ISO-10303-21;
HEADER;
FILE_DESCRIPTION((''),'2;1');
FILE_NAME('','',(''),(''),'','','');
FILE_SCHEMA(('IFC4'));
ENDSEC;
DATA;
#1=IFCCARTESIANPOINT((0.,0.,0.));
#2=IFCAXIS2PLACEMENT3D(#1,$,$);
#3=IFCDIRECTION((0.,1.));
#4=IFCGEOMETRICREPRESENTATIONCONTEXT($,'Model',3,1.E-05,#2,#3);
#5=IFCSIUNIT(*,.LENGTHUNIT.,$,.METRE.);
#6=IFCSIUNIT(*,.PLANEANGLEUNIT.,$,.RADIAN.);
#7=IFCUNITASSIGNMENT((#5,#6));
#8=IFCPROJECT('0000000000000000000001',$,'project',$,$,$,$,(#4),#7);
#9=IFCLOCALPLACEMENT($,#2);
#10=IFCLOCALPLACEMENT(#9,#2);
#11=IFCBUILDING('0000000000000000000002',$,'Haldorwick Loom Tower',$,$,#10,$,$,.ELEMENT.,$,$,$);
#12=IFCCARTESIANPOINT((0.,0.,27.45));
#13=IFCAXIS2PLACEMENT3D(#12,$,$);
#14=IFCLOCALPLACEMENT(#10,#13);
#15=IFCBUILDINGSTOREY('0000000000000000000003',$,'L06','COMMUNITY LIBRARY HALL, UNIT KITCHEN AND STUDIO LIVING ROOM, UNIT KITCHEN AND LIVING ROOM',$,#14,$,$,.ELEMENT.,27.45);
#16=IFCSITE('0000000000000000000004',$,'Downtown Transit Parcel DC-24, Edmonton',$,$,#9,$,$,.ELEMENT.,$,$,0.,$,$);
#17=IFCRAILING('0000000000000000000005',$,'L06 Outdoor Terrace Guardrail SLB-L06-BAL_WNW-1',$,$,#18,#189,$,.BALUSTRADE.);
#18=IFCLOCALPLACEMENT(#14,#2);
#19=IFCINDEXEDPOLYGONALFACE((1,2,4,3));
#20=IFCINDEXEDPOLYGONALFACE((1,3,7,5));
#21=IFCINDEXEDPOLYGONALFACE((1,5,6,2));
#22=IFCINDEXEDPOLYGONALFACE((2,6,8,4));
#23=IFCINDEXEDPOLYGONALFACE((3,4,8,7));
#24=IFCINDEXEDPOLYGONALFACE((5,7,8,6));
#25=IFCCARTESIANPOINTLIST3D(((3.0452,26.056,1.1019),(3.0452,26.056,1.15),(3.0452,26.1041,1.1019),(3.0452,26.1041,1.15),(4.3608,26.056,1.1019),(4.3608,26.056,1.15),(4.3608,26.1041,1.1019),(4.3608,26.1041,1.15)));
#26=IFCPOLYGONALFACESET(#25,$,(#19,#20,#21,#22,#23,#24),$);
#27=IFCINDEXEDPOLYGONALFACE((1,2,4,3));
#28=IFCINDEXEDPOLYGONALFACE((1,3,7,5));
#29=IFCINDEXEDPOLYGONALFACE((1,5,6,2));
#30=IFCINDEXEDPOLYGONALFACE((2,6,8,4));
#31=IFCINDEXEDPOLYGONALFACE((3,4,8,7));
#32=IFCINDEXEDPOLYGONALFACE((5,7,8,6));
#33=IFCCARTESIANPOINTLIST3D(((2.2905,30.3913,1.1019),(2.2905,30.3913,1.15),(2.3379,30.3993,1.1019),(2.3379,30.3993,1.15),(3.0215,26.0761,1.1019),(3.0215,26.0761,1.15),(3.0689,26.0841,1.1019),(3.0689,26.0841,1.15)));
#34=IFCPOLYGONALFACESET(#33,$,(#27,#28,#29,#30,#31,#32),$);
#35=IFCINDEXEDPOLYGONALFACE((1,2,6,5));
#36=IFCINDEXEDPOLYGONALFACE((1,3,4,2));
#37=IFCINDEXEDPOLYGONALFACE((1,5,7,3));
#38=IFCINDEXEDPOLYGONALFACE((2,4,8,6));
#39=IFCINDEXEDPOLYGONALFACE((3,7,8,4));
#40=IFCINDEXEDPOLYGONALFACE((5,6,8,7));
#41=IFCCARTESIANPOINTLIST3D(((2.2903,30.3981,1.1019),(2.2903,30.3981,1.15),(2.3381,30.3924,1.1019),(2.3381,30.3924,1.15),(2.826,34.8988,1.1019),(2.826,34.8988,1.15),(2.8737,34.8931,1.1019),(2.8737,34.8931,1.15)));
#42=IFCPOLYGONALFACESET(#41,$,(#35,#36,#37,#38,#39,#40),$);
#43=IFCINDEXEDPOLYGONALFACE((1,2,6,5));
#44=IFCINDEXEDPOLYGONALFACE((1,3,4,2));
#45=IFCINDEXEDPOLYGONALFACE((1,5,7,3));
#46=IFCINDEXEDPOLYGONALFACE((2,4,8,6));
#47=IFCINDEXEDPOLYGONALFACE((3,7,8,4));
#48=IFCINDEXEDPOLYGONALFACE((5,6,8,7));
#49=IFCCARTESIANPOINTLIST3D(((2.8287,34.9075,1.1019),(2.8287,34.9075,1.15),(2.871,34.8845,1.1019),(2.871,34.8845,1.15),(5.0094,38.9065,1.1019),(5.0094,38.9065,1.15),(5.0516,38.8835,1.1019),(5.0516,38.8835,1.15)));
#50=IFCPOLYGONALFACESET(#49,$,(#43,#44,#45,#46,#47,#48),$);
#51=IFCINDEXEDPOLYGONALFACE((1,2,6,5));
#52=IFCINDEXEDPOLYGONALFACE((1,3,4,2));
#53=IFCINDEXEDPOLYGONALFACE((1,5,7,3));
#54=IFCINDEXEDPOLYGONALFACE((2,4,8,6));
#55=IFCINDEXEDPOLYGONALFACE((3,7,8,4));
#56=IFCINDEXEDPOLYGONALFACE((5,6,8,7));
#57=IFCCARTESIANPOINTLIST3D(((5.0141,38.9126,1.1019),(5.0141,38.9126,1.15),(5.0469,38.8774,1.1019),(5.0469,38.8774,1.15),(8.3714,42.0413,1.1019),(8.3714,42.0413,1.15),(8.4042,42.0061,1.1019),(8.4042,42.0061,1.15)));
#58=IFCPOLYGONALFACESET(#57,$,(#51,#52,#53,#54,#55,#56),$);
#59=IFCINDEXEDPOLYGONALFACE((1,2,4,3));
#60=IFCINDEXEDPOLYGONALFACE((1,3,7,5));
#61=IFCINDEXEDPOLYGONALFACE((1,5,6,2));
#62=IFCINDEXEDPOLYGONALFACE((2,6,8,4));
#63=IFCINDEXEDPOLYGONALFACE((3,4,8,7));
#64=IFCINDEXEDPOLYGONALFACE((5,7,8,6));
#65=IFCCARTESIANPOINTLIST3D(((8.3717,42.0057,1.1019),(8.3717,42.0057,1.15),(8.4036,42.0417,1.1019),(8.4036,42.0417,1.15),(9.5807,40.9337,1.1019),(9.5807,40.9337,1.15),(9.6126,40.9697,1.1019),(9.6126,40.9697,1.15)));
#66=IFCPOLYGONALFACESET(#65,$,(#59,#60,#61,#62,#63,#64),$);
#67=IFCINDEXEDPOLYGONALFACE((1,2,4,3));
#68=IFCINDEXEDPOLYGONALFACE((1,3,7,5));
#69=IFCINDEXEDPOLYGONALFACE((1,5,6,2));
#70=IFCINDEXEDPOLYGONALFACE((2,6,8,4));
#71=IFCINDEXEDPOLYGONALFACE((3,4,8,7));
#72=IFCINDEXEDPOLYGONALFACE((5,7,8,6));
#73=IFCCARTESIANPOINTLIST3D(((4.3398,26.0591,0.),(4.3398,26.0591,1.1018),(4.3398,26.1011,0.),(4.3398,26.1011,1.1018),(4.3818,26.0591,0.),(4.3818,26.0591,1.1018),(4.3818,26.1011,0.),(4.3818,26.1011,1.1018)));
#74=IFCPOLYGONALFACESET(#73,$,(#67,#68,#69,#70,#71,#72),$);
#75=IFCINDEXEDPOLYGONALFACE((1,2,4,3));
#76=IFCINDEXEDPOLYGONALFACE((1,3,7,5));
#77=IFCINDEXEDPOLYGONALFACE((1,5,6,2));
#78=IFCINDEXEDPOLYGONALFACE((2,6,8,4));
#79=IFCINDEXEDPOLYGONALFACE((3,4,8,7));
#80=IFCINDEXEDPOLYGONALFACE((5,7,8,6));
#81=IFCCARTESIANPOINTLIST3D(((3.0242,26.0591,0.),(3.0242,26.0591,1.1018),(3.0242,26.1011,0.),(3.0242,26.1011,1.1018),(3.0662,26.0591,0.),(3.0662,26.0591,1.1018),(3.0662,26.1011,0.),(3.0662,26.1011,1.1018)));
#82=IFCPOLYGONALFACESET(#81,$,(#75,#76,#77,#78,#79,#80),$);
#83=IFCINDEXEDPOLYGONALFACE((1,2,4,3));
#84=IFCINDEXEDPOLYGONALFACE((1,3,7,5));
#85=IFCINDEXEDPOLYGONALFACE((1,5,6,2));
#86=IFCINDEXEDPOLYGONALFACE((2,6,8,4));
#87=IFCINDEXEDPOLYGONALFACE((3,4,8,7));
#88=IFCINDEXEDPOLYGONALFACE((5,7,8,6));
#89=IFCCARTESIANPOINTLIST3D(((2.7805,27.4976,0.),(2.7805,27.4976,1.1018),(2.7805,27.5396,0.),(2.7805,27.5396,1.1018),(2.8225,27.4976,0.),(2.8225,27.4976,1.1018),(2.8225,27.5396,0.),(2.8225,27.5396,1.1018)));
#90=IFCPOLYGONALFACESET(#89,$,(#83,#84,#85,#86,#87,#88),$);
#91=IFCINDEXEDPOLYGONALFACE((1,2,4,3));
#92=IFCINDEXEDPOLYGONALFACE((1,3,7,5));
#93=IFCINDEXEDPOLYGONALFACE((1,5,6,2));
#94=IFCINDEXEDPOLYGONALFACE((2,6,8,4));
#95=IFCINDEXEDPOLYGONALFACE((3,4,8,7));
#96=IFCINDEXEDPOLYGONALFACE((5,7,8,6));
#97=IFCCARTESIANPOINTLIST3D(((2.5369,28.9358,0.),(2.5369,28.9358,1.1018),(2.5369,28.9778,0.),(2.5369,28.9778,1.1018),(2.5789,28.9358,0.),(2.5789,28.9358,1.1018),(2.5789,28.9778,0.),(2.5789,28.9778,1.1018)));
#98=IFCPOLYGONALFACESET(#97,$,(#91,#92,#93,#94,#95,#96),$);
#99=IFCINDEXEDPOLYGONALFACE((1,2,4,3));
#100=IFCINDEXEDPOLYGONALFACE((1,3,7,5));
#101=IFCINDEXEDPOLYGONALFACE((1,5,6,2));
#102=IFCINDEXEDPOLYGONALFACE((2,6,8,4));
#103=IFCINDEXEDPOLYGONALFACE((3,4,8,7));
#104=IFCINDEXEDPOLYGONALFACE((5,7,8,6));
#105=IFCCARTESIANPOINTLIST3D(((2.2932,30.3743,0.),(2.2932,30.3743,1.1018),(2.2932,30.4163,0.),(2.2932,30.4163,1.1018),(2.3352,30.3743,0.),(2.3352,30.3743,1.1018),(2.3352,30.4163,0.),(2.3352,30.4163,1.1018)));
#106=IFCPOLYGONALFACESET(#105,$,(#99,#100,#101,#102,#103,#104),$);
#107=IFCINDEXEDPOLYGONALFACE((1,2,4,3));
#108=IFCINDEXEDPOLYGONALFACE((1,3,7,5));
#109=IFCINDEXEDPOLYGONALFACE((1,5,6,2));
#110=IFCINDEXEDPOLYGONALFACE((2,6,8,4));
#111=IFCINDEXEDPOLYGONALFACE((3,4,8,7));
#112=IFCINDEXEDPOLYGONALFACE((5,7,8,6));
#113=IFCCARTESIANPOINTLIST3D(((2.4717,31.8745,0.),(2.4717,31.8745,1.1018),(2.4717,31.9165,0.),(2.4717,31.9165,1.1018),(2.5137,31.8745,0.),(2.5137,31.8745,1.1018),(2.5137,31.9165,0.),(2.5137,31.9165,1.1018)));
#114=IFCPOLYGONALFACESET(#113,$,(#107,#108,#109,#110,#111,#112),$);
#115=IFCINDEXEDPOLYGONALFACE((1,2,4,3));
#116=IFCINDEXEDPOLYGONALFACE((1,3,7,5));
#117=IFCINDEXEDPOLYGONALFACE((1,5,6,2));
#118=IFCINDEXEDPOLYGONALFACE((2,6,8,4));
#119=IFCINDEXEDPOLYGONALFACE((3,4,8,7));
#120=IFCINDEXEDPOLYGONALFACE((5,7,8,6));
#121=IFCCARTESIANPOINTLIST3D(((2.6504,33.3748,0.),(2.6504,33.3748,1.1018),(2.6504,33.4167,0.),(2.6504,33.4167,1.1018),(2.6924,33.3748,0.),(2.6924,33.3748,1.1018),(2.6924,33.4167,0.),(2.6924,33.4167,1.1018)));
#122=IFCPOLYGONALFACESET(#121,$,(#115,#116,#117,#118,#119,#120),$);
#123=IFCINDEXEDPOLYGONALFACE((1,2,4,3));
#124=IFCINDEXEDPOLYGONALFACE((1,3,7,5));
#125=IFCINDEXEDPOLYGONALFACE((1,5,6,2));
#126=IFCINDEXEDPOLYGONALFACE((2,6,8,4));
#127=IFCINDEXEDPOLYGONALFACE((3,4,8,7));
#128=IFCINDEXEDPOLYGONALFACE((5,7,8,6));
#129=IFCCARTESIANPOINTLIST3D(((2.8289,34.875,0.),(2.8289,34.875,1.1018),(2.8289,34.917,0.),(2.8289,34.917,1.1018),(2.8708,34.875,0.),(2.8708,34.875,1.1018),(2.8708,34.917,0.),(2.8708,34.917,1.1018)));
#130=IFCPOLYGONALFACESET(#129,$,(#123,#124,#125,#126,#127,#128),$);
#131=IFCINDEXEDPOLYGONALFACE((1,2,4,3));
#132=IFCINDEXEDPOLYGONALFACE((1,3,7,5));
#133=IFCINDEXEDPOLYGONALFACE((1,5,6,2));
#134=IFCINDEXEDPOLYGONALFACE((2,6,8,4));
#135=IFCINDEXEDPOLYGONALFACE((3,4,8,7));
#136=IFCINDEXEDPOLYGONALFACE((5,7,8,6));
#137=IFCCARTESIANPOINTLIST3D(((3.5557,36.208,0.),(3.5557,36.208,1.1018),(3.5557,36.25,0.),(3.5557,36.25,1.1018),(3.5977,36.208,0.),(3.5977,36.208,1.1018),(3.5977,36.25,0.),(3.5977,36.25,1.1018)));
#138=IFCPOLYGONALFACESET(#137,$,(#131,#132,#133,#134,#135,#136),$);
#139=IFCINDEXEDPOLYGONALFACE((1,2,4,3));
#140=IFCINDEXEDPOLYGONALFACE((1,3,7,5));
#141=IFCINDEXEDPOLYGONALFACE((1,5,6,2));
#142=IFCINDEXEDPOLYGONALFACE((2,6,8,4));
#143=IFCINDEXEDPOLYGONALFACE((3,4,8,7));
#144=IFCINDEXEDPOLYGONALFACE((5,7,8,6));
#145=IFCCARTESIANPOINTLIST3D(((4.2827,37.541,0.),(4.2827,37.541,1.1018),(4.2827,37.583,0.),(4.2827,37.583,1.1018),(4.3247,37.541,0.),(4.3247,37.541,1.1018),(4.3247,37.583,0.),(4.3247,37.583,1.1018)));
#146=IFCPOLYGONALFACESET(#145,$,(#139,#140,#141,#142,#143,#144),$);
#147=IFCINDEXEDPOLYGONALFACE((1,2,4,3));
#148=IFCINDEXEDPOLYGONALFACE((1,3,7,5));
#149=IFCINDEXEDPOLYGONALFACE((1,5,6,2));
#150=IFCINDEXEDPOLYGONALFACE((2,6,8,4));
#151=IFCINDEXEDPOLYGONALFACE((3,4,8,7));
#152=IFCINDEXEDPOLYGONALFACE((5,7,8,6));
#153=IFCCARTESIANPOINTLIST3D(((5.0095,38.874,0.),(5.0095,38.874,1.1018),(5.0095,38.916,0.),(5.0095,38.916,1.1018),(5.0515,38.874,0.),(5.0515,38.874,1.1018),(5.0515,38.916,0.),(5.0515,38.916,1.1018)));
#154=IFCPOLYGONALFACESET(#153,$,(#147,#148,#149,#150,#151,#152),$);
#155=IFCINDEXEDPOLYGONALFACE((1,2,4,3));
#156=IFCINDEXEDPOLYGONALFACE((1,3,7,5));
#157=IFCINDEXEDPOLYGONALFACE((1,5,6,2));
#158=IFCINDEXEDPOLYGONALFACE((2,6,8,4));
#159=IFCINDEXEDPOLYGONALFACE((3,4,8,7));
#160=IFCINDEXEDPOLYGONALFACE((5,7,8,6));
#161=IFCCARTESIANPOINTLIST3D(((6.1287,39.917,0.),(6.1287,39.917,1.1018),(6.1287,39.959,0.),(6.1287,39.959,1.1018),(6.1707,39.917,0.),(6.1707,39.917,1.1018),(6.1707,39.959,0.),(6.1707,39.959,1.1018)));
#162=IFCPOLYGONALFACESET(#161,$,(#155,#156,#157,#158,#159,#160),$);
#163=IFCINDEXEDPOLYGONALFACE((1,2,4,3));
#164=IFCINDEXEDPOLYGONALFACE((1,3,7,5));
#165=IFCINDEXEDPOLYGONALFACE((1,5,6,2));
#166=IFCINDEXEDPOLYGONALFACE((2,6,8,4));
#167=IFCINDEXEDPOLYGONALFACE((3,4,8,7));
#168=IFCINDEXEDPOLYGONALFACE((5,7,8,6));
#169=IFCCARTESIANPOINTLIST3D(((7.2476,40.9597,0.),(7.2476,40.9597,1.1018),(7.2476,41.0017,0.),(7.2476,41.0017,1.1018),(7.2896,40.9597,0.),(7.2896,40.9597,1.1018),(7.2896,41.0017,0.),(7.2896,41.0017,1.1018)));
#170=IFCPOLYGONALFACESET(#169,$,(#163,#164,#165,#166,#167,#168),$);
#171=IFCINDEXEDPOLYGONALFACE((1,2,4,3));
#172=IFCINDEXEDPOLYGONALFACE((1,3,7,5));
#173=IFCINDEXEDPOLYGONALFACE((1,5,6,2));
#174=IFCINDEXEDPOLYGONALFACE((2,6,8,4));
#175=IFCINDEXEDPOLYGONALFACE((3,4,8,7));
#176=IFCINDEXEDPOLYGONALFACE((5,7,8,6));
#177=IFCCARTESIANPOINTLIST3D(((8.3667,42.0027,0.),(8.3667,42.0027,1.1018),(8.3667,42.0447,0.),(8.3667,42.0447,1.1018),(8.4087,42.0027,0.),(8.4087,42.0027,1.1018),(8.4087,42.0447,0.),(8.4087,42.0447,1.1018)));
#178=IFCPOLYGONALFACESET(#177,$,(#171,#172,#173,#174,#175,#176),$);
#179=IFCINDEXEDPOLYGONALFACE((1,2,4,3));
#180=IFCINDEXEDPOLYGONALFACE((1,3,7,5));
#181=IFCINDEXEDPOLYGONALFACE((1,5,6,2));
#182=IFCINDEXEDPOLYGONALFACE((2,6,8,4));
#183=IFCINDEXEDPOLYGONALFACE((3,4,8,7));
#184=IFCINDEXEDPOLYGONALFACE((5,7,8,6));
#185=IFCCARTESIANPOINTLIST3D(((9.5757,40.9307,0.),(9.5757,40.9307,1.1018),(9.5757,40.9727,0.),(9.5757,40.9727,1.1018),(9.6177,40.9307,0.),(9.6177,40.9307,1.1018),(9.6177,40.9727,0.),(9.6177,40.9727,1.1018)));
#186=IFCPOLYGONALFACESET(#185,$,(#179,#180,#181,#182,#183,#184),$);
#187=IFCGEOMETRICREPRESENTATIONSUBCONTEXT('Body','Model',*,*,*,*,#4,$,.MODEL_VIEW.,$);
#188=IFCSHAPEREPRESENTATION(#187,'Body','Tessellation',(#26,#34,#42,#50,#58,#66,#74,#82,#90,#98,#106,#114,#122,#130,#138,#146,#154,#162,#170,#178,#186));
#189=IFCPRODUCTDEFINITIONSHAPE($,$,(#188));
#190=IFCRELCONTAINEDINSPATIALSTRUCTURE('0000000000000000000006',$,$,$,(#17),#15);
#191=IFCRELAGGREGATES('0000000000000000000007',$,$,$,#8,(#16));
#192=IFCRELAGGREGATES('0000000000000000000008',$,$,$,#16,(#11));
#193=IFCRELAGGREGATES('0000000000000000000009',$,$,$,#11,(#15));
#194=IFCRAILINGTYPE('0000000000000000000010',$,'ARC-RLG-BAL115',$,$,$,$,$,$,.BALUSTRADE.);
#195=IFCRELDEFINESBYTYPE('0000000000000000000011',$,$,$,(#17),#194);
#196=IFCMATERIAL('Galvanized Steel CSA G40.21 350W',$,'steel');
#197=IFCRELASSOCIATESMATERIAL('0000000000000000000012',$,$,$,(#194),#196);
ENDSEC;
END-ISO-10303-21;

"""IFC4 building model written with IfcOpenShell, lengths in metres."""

from ifc_helpers import new_model, si_unit, direction, frame, origin, origin_2d, place, context, subcontext, project, spatial, rectangle, extrude, material, type_object, element, save


model = new_model("IFC4")

# Units and contexts
model_context = context("Model", 3, precision=1e-05, world=origin(), true_north=direction((0.0, 1.0)))
body_context = subcontext(model_context, "Body", "Model", "MODEL_VIEW")
ifc_project = project(units=[si_unit("LENGTHUNIT", "METRE"), si_unit("PLANEANGLEUNIT", "RADIAN")], contexts=[model_context])

# Site, building, storey
site_placement = place(None, origin())
site = spatial("IfcSite", under=ifc_project, at=site_placement, Name="Downtown Transit Parcel DC-24, Edmonton", CompositionType="ELEMENT", RefElevation=0.0)
building_placement = place(site_placement, origin())
building = spatial("IfcBuilding", under=site, at=building_placement, Name="Haldorwick Loom Tower", CompositionType="ELEMENT")
storey_placement = place(building_placement, frame((0.0, 0.0, 27.45)))
storey = spatial("IfcBuildingStorey", under=building, at=storey_placement, Name="L06", Description="COMMUNITY LIBRARY HALL, UNIT KITCHEN AND STUDIO LIVING ROOM, UNIT KITCHEN AND LIVING ROOM", CompositionType="ELEMENT", Elevation=27.45)

# Railing
ifc_material_1 = material(Name="Galvanized Steel CSA G40.21 350W", Category="steel")
railing_type = type_object("IfcRailingType", Name="ARC-RLG-BAL115", PredefinedType="BALUSTRADE", material=ifc_material_1)
railing_placement = place(storey_placement, frame((4.3608, 26.0801, 0.0)))
element("IfcRailing", 1, at=railing_placement, inside=storey, type_object=railing_type, Name="L06 Outdoor Terrace Guardrail SLB-L06-BAL_WNW-1", PredefinedType="BALUSTRADE", context=body_context, shape_type="SweptSolid", body=[
    extrude(rectangle(XDim=0.0481, YDim=0.0481, at=origin_2d()), frame((0.0, 0.0, 1.126), z_axis=(-1.0, 0.0, 0.0), x_axis=(0.0, -1.0, 0.0)), (0.0, 0.0, 1.0), 1.3157),
    extrude(rectangle(XDim=0.0481, YDim=0.0481, at=origin_2d()), frame((-1.3157, 0.0, 1.126), z_axis=(-0.167013, 0.985955, 0.0), x_axis=(-0.985955, -0.167013, 0.0)), (0.0, 0.0, 1.0), 4.3767),
    extrude(rectangle(XDim=0.0481, YDim=0.0481, at=origin_2d()), frame((-2.0466, 4.3152, 1.126), z_axis=(0.118179, 0.992992, 0.0), x_axis=(-0.992992, 0.118179, 0.0)), (0.0, 0.0, 1.0), 4.5325),
    extrude(rectangle(XDim=0.0481, YDim=0.0481, at=origin_2d()), frame((-1.511, 8.8159, 1.126), z_axis=(0.478747, 0.877953, 0.0), x_axis=(-0.877953, 0.478747, 0.0)), (0.0, 0.0, 1.0), 4.5549),
    extrude(rectangle(XDim=0.0481, YDim=0.0481, at=origin_2d()), frame((0.6697, 12.8149, 1.126), z_axis=(0.731566, 0.68177, 0.0), x_axis=(-0.68177, 0.731566, 0.0)), (0.0, 0.0, 1.0), 4.5891),
    extrude(rectangle(XDim=0.0481, YDim=0.0481, at=origin_2d()), frame((4.0269, 15.9436, 1.126), z_axis=(0.748217, -0.663454, 0.0), x_axis=(0.663454, 0.748217, 0.0)), (0.0, 0.0, 1.0), 1.6157),
    extrude(rectangle(XDim=0.042, YDim=0.042, at=origin_2d()), origin(), (0.0, 0.0, 1.0), 1.1018),
    extrude(rectangle(XDim=0.042, YDim=0.042, at=origin_2d()), frame((-1.3157, 0.0, 0.0)), (0.0, 0.0, 1.0), 1.1018),
    extrude(rectangle(XDim=0.042, YDim=0.042, at=origin_2d()), frame((-1.5593, 1.4385, 0.0)), (0.0, 0.0, 1.0), 1.1018),
    extrude(rectangle(XDim=0.042, YDim=0.042, at=origin_2d()), frame((-1.803, 2.8767, 0.0)), (0.0, 0.0, 1.0), 1.1018),
    extrude(rectangle(XDim=0.042, YDim=0.042, at=origin_2d()), frame((-2.0466, 4.3152, 0.0)), (0.0, 0.0, 1.0), 1.1018),
    extrude(rectangle(XDim=0.042, YDim=0.042, at=origin_2d()), frame((-1.8682, 5.8154, 0.0)), (0.0, 0.0, 1.0), 1.1018),
    extrude(rectangle(XDim=0.042, YDim=0.042, at=origin_2d()), frame((-1.6895, 7.3157, 0.0)), (0.0, 0.0, 1.0), 1.1018),
    extrude(rectangle(XDim=0.042, YDim=0.042, at=origin_2d()), frame((-1.511, 8.8159, 0.0)), (0.0, 0.0, 1.0), 1.1018),
    extrude(rectangle(XDim=0.042, YDim=0.042, at=origin_2d()), frame((-0.7842, 10.1489, 0.0)), (0.0, 0.0, 1.0), 1.1018),
    extrude(rectangle(XDim=0.042, YDim=0.042, at=origin_2d()), frame((-0.0571, 11.4819, 0.0)), (0.0, 0.0, 1.0), 1.1018),
    extrude(rectangle(XDim=0.042, YDim=0.042, at=origin_2d()), frame((0.6697, 12.8149, 0.0)), (0.0, 0.0, 1.0), 1.1018),
    extrude(rectangle(XDim=0.042, YDim=0.042, at=origin_2d()), frame((1.7888, 13.8579, 0.0)), (0.0, 0.0, 1.0), 1.1018),
    extrude(rectangle(XDim=0.042, YDim=0.042, at=origin_2d()), frame((2.9077, 14.9006, 0.0)), (0.0, 0.0, 1.0), 1.1018),
    extrude(rectangle(XDim=0.042, YDim=0.042, at=origin_2d()), frame((4.0269, 15.9436, 0.0)), (0.0, 0.0, 1.0), 1.1018),
    extrude(rectangle(XDim=0.042, YDim=0.042, at=origin_2d()), frame((5.2358, 14.8716, 0.0)), (0.0, 0.0, 1.0), 1.1018),
])

save(model, "model.ifc")
